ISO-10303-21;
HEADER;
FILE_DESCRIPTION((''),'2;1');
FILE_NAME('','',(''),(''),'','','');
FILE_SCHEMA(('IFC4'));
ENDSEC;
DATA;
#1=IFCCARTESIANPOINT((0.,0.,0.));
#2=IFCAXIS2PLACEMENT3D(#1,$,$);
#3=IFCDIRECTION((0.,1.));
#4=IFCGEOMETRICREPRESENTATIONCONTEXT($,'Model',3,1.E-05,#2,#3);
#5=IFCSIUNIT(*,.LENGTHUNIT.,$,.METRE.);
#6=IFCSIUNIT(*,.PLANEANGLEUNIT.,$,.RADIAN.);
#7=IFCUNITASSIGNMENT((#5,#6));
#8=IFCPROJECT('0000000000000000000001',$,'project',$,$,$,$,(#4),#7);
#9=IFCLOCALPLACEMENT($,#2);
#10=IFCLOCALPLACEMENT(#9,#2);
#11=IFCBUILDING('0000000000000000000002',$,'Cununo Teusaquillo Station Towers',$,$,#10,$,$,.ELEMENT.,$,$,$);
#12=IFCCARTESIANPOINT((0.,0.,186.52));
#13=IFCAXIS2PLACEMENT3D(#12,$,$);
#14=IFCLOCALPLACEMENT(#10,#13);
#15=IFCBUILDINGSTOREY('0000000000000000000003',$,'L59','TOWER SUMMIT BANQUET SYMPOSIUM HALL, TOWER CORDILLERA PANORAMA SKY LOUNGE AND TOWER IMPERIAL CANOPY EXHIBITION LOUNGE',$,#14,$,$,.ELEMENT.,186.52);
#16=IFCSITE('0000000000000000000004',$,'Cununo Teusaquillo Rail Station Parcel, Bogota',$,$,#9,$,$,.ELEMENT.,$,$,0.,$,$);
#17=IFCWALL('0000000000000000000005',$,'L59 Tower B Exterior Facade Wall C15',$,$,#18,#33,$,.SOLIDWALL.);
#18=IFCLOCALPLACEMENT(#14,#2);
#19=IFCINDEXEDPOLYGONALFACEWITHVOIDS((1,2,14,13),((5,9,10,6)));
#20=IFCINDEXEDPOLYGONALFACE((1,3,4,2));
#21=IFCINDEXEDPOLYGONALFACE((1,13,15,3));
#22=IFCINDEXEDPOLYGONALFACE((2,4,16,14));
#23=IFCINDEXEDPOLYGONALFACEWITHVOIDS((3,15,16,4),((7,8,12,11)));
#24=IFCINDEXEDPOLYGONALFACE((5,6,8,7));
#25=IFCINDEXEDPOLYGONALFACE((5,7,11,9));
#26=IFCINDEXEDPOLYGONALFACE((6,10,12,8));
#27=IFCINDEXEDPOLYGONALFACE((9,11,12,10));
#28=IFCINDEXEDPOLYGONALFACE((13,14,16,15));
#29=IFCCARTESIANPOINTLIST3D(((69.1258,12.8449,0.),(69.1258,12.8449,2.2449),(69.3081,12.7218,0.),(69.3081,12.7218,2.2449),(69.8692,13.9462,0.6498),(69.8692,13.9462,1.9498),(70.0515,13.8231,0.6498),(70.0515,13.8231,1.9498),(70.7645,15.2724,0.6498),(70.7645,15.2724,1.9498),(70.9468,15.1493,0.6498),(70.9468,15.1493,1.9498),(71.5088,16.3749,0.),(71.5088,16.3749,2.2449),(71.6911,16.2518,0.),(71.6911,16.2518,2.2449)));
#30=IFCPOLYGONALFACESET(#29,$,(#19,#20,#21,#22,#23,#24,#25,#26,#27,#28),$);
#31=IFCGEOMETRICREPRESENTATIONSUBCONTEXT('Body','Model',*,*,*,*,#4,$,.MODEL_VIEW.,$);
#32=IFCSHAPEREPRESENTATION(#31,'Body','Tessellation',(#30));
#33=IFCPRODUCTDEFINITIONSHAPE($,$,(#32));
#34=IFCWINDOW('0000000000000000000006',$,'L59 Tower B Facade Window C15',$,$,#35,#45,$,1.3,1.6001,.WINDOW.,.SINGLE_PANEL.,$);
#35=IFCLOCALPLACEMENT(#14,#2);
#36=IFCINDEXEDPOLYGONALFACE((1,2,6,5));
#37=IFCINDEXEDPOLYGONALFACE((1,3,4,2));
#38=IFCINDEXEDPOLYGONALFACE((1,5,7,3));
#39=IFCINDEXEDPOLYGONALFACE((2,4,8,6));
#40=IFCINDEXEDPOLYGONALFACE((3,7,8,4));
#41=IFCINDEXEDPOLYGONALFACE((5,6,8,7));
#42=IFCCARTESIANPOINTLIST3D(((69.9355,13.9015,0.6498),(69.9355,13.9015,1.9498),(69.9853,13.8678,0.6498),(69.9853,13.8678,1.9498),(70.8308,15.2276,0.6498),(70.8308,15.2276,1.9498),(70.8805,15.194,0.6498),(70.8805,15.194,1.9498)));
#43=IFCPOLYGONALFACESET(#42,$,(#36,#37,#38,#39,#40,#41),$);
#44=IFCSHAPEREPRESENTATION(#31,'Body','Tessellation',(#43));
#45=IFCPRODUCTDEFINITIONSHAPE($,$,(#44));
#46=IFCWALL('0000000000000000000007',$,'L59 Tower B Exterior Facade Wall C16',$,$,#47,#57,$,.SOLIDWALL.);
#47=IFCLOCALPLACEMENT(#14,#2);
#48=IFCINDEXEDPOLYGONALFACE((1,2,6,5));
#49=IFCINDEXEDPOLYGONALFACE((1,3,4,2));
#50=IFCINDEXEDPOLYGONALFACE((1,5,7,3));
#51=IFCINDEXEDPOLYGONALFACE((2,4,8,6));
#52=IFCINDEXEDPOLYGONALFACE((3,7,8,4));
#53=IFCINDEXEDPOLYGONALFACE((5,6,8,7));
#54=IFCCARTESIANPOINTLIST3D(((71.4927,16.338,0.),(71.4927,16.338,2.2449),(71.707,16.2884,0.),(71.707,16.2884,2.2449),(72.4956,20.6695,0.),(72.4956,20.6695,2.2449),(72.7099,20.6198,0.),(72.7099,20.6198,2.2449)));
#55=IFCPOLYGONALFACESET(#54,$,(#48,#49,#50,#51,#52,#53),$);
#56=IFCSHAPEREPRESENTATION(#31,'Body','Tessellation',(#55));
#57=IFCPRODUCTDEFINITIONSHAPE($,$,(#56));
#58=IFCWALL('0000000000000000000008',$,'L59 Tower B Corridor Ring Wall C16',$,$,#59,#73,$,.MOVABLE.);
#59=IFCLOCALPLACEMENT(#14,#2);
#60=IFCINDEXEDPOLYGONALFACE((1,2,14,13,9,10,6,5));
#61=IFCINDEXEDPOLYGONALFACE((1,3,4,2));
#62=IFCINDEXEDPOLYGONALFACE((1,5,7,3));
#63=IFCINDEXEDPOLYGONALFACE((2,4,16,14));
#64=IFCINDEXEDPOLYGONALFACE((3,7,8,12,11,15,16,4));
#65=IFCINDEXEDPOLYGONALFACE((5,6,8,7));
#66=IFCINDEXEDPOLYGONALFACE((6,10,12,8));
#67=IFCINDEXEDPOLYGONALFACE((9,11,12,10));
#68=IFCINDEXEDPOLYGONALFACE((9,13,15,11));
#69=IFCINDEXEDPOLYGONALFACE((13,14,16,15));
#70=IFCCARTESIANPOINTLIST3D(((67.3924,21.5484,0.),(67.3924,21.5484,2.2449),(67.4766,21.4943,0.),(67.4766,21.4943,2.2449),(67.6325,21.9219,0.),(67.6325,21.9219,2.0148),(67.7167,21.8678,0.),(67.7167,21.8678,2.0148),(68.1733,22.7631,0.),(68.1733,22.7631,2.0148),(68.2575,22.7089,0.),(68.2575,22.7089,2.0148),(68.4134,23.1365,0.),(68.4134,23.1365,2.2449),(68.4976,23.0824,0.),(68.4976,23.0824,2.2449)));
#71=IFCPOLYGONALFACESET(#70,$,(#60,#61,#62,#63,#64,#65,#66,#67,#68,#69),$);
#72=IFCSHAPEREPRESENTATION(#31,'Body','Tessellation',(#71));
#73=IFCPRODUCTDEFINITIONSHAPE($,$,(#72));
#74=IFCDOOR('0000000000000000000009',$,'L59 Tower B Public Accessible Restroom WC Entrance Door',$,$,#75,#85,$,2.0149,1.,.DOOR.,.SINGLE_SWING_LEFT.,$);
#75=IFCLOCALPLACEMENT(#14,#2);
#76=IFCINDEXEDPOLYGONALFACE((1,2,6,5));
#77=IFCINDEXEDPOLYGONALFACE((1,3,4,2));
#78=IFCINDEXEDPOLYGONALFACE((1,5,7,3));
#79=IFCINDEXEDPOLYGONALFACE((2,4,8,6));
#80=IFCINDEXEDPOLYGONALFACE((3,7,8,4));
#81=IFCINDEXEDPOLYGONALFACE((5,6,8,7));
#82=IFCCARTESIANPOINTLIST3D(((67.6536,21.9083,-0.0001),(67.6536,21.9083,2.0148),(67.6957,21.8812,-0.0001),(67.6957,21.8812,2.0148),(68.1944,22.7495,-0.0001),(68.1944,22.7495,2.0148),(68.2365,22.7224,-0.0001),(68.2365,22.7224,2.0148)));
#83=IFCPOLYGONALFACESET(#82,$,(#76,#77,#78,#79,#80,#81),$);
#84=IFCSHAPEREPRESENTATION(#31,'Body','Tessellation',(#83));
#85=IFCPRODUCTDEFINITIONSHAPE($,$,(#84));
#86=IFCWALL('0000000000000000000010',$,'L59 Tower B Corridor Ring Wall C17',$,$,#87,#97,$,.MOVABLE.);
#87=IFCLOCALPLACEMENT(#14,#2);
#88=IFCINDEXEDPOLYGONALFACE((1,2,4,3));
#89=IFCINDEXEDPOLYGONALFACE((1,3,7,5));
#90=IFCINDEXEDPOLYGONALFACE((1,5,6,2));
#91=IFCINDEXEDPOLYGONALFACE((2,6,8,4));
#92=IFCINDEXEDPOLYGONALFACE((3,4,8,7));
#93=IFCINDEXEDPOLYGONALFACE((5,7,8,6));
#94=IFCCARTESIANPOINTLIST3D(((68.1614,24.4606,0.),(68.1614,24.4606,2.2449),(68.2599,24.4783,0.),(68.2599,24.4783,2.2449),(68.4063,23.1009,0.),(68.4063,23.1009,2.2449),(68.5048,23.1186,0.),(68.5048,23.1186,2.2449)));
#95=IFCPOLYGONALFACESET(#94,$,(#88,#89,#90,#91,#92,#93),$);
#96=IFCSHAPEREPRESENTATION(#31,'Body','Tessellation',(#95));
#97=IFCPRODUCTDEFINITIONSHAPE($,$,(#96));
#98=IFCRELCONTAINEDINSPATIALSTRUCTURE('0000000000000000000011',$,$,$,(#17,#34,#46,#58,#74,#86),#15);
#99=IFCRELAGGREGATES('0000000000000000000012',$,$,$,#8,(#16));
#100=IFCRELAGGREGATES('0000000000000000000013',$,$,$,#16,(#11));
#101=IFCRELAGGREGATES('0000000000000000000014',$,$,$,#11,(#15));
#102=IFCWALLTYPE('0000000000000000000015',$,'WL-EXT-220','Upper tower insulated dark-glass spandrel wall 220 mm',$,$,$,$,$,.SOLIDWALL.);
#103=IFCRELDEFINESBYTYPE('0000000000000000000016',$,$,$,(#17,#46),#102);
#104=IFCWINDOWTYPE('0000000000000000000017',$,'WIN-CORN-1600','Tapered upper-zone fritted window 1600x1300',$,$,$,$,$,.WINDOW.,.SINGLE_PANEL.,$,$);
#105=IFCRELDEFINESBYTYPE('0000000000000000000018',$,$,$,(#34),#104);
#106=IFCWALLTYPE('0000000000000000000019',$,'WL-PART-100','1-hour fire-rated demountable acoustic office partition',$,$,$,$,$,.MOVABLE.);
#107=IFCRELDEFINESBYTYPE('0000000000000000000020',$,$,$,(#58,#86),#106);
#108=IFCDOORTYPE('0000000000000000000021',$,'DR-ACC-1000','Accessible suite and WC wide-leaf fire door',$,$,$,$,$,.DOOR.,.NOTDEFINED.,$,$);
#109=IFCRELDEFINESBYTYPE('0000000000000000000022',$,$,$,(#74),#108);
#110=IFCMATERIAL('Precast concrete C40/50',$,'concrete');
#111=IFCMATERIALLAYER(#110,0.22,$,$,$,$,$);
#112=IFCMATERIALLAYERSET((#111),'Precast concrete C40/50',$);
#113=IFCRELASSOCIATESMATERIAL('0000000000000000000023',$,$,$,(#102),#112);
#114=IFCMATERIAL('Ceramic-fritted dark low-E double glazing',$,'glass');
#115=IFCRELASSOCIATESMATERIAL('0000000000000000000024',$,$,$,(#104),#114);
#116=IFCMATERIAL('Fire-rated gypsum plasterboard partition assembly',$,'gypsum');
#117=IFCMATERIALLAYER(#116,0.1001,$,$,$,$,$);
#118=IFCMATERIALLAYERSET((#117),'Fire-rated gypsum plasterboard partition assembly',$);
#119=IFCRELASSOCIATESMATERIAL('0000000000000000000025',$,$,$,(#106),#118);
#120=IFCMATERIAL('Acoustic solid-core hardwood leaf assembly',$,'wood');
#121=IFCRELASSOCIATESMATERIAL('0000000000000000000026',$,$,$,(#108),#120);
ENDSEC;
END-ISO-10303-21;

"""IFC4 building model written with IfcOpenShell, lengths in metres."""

from ifc_helpers import new_model, si_unit, direction, frame, frame_2d, origin, place, context, subcontext, project, spatial, rectangle, extrude, source, transform, mapped, material, layer, layer_set, type_object, element, fill, save


model = new_model("IFC4")

# Units and contexts
model_context = context("Model", 3, precision=1e-05, world=origin(), true_north=direction((0.0, 1.0)))
body_context = subcontext(model_context, "Body", "Model", "MODEL_VIEW")
ifc_project = project(units=[si_unit("LENGTHUNIT", "METRE"), si_unit("PLANEANGLEUNIT", "RADIAN")], contexts=[model_context])

# Site, building, storey
site_placement = place(None, origin())
site = spatial("IfcSite", under=ifc_project, at=site_placement, Name="Cununo Teusaquillo Rail Station Parcel, Bogota", CompositionType="ELEMENT", RefElevation=0.0)
building_placement = place(site_placement, origin())
building = spatial("IfcBuilding", under=site, at=building_placement, Name="Cununo Teusaquillo Station Towers", CompositionType="ELEMENT")
storey_placement = place(building_placement, frame((0.0, 0.0, 186.52)))
storey = spatial("IfcBuildingStorey", under=building, at=storey_placement, Name="L59", Description="TOWER SUMMIT BANQUET SYMPOSIUM HALL, TOWER CORDILLERA PANORAMA SKY LOUNGE AND TOWER IMPERIAL CANOPY EXHIBITION LOUNGE", CompositionType="ELEMENT", Elevation=186.52)

# Shared definitions
ifc_material_1 = material(Name="Precast concrete C40/50", Category="concrete")
ifc_layer_1 = layer(ifc_material_1, 0.22)
ifc_layer_set_1 = layer_set([ifc_layer_1], Name="Precast concrete C40/50")
wall_type_1 = type_object("IfcWallType", Name="WL-EXT-220", Description="Upper tower insulated dark-glass spandrel wall 220 mm", PredefinedType="SOLIDWALL", material=ifc_layer_set_1)
shared_shape_1 = source(origin(), body_context, "Body", "SweptSolid", [
    extrude(rectangle(XDim=1.6001, YDim=1.3, at=frame_2d((0.8, 0.6499))), frame((0.0, 0.1199, 0.0), z_axis=(0.0, -1.0, 0.0), x_axis=(1.0, 0.0, 0.0)), (0.0, 0.0, 1.0), 0.24),
])
ifc_material_2 = material(Name="Ceramic-fritted dark low-E double glazing", Category="glass")
window_type = type_object("IfcWindowType", Name="WIN-CORN-1600", Description="Tapered upper-zone fritted window 1600x1300", PartitioningType="SINGLE_PANEL", PredefinedType="WINDOW", material=ifc_material_2)
shared_shape_2 = source(origin(), body_context, "Body", "SweptSolid", [
    extrude(rectangle(XDim=1.6001, YDim=1.3, at=frame_2d((0.8, 0.6499))), frame((0.0, 0.03, 0.0), z_axis=(0.0, -1.0, 0.0), x_axis=(1.0, 0.0, 0.0)), (0.0, 0.0, 1.0), 0.0601),
])

# Wall, opening, window
wall_1_placement = place(storey_placement, frame((71.5999, 16.3132, 0.0), z_axis=(0.0, 0.0, 1.0), x_axis=(-0.559519, -0.828817, 0.0)))
wall_1 = element("IfcWall", 1, at=wall_1_placement, inside=storey, type_object=wall_type_1, Name="L59 Tower B Exterior Facade Wall C15", PredefinedType="SOLIDWALL", context=body_context, shape_type="SweptSolid", body=[
    extrude(rectangle(XDim=4.259, YDim=0.22, at=frame_2d((2.1294, 0.0))), origin(), (0.0, 0.0, 1.0), 2.2449),
])
opening_1_placement = place(wall_1_placement, frame((1.3301, 0.0, 0.6499)))
opening_1 = element("IfcOpeningElement", 2, at=opening_1_placement, cuts=wall_1, PredefinedType="OPENING", context=body_context, shape_type="MappedRepresentation", body=[
    mapped(shared_shape_1, transform((0.0, 0.0, 0.0), x_axis=(1.0, 0.0, 0.0), y_axis=(0.0, 1.0, 0.0), z_axis=(0.0, 0.0, 1.0), scale=1.0)),
])
window_1_placement = place(opening_1_placement, origin())
window_1 = element("IfcWindow", 3, at=window_1_placement, inside=storey, type_object=window_type, Name="L59 Tower B Facade Window C15", OverallHeight=1.3, OverallWidth=1.6001, PartitioningType="SINGLE_PANEL", PredefinedType="WINDOW", context=body_context, shape_type="MappedRepresentation", body=[
    mapped(shared_shape_2, transform((0.0, 0.0, 0.0), x_axis=(1.0, 0.0, 0.0), y_axis=(0.0, 1.0, 0.0), z_axis=(0.0, 0.0, 1.0), scale=1.0)),
])
fill(opening_1, window_1)

# Wall
wall_2_placement = place(storey_placement, frame((72.6028, 20.6448, 0.0), z_axis=(0.0, 0.0, 1.0), x_axis=(-0.225573, -0.974226, 0.0)))
element("IfcWall", 4, at=wall_2_placement, inside=storey, type_object=wall_type_1, Name="L59 Tower B Exterior Facade Wall C16", PredefinedType="SOLIDWALL", context=body_context, shape_type="SweptSolid", body=[
    extrude(rectangle(XDim=4.446, YDim=0.22, at=frame_2d((2.2231, 0.0))), origin(), (0.0, 0.0, 1.0), 2.2449),
])

# Wall, opening, door
ifc_material_3 = material(Name="Fire-rated gypsum plasterboard partition assembly", Category="gypsum")
ifc_layer_2 = layer(ifc_material_3, 0.1001)
ifc_layer_set_2 = layer_set([ifc_layer_2], Name="Fire-rated gypsum plasterboard partition assembly")
wall_type_2 = type_object("IfcWallType", Name="WL-PART-100", Description="1-hour fire-rated demountable acoustic office partition", PredefinedType="MOVABLE", material=ifc_layer_set_2)
wall_3_placement = place(storey_placement, frame((67.4346, 21.5215, 0.0), z_axis=(0.0, 0.0, 1.0), x_axis=(0.540777, 0.841166, 0.0)))
wall_3 = element("IfcWall", 5, at=wall_3_placement, inside=storey, type_object=wall_type_2, Name="L59 Tower B Corridor Ring Wall C16", PredefinedType="MOVABLE", context=body_context, shape_type="SweptSolid", body=[
    extrude(rectangle(XDim=1.8879, YDim=0.1001, at=frame_2d((0.9438, 0.0))), origin(), (0.0, 0.0, 1.0), 2.2449),
])
shared_shape_3 = source(origin(), body_context, "Body", "SweptSolid", [
    extrude(rectangle(XDim=1.0, YDim=2.0149, at=frame_2d((0.5, 1.0073))), frame((0.0, 0.0601, 0.0), z_axis=(0.0, -1.0, 0.0), x_axis=(1.0, 0.0, 0.0)), (0.0, 0.0, 1.0), 0.1201),
])
opening_2_placement = place(wall_3_placement, frame((0.4438, 0.0, 0.0)))
opening_2 = element("IfcOpeningElement", 6, at=opening_2_placement, cuts=wall_3, PredefinedType="OPENING", context=body_context, shape_type="MappedRepresentation", body=[
    mapped(shared_shape_3, transform((0.0, 0.0, 0.0), x_axis=(1.0, 0.0, 0.0), y_axis=(0.0, 1.0, 0.0), z_axis=(0.0, 0.0, 1.0), scale=1.0)),
])
ifc_material_4 = material(Name="Acoustic solid-core hardwood leaf assembly", Category="wood")
door_type = type_object("IfcDoorType", Name="DR-ACC-1000", Description="Accessible suite and WC wide-leaf fire door", OperationType="NOTDEFINED", PredefinedType="DOOR", material=ifc_material_4)
shared_shape_4 = source(origin(), body_context, "Body", "SweptSolid", [
    extrude(rectangle(XDim=1.0, YDim=2.0149, at=frame_2d((0.5, 1.0073))), frame((0.0, 0.0249, 0.0), z_axis=(0.0, -1.0, 0.0), x_axis=(1.0, 0.0, 0.0)), (0.0, 0.0, 1.0), 0.05),
])
door_placement = place(opening_2_placement, origin())
door = element("IfcDoor", 7, at=door_placement, inside=storey, type_object=door_type, Name="L59 Tower B Public Accessible Restroom WC Entrance Door", OperationType="SINGLE_SWING_LEFT", OverallHeight=2.0149, OverallWidth=1.0, PredefinedType="DOOR", context=body_context, shape_type="MappedRepresentation", body=[
    mapped(shared_shape_4, transform((0.0, 0.0, 0.0), x_axis=(1.0, 0.0, 0.0), y_axis=(0.0, 1.0, 0.0), z_axis=(0.0, 0.0, 1.0), scale=1.0)),
])
fill(opening_2, door)

# Wall
wall_4_placement = place(storey_placement, frame((68.4556, 23.1096, 0.0), z_axis=(0.0, 0.0, 1.0), x_axis=(-0.177252, 0.984165, 0.0)))
element("IfcWall", 8, at=wall_4_placement, inside=storey, type_object=wall_type_2, Name="L59 Tower B Corridor Ring Wall C17", PredefinedType="MOVABLE", context=body_context, shape_type="SweptSolid", body=[
    extrude(rectangle(XDim=1.3816, YDim=0.1001, at=frame_2d((0.6909, 0.0))), origin(), (0.0, 0.0, 1.0), 2.2449),
])

save(model, "model.ifc")
